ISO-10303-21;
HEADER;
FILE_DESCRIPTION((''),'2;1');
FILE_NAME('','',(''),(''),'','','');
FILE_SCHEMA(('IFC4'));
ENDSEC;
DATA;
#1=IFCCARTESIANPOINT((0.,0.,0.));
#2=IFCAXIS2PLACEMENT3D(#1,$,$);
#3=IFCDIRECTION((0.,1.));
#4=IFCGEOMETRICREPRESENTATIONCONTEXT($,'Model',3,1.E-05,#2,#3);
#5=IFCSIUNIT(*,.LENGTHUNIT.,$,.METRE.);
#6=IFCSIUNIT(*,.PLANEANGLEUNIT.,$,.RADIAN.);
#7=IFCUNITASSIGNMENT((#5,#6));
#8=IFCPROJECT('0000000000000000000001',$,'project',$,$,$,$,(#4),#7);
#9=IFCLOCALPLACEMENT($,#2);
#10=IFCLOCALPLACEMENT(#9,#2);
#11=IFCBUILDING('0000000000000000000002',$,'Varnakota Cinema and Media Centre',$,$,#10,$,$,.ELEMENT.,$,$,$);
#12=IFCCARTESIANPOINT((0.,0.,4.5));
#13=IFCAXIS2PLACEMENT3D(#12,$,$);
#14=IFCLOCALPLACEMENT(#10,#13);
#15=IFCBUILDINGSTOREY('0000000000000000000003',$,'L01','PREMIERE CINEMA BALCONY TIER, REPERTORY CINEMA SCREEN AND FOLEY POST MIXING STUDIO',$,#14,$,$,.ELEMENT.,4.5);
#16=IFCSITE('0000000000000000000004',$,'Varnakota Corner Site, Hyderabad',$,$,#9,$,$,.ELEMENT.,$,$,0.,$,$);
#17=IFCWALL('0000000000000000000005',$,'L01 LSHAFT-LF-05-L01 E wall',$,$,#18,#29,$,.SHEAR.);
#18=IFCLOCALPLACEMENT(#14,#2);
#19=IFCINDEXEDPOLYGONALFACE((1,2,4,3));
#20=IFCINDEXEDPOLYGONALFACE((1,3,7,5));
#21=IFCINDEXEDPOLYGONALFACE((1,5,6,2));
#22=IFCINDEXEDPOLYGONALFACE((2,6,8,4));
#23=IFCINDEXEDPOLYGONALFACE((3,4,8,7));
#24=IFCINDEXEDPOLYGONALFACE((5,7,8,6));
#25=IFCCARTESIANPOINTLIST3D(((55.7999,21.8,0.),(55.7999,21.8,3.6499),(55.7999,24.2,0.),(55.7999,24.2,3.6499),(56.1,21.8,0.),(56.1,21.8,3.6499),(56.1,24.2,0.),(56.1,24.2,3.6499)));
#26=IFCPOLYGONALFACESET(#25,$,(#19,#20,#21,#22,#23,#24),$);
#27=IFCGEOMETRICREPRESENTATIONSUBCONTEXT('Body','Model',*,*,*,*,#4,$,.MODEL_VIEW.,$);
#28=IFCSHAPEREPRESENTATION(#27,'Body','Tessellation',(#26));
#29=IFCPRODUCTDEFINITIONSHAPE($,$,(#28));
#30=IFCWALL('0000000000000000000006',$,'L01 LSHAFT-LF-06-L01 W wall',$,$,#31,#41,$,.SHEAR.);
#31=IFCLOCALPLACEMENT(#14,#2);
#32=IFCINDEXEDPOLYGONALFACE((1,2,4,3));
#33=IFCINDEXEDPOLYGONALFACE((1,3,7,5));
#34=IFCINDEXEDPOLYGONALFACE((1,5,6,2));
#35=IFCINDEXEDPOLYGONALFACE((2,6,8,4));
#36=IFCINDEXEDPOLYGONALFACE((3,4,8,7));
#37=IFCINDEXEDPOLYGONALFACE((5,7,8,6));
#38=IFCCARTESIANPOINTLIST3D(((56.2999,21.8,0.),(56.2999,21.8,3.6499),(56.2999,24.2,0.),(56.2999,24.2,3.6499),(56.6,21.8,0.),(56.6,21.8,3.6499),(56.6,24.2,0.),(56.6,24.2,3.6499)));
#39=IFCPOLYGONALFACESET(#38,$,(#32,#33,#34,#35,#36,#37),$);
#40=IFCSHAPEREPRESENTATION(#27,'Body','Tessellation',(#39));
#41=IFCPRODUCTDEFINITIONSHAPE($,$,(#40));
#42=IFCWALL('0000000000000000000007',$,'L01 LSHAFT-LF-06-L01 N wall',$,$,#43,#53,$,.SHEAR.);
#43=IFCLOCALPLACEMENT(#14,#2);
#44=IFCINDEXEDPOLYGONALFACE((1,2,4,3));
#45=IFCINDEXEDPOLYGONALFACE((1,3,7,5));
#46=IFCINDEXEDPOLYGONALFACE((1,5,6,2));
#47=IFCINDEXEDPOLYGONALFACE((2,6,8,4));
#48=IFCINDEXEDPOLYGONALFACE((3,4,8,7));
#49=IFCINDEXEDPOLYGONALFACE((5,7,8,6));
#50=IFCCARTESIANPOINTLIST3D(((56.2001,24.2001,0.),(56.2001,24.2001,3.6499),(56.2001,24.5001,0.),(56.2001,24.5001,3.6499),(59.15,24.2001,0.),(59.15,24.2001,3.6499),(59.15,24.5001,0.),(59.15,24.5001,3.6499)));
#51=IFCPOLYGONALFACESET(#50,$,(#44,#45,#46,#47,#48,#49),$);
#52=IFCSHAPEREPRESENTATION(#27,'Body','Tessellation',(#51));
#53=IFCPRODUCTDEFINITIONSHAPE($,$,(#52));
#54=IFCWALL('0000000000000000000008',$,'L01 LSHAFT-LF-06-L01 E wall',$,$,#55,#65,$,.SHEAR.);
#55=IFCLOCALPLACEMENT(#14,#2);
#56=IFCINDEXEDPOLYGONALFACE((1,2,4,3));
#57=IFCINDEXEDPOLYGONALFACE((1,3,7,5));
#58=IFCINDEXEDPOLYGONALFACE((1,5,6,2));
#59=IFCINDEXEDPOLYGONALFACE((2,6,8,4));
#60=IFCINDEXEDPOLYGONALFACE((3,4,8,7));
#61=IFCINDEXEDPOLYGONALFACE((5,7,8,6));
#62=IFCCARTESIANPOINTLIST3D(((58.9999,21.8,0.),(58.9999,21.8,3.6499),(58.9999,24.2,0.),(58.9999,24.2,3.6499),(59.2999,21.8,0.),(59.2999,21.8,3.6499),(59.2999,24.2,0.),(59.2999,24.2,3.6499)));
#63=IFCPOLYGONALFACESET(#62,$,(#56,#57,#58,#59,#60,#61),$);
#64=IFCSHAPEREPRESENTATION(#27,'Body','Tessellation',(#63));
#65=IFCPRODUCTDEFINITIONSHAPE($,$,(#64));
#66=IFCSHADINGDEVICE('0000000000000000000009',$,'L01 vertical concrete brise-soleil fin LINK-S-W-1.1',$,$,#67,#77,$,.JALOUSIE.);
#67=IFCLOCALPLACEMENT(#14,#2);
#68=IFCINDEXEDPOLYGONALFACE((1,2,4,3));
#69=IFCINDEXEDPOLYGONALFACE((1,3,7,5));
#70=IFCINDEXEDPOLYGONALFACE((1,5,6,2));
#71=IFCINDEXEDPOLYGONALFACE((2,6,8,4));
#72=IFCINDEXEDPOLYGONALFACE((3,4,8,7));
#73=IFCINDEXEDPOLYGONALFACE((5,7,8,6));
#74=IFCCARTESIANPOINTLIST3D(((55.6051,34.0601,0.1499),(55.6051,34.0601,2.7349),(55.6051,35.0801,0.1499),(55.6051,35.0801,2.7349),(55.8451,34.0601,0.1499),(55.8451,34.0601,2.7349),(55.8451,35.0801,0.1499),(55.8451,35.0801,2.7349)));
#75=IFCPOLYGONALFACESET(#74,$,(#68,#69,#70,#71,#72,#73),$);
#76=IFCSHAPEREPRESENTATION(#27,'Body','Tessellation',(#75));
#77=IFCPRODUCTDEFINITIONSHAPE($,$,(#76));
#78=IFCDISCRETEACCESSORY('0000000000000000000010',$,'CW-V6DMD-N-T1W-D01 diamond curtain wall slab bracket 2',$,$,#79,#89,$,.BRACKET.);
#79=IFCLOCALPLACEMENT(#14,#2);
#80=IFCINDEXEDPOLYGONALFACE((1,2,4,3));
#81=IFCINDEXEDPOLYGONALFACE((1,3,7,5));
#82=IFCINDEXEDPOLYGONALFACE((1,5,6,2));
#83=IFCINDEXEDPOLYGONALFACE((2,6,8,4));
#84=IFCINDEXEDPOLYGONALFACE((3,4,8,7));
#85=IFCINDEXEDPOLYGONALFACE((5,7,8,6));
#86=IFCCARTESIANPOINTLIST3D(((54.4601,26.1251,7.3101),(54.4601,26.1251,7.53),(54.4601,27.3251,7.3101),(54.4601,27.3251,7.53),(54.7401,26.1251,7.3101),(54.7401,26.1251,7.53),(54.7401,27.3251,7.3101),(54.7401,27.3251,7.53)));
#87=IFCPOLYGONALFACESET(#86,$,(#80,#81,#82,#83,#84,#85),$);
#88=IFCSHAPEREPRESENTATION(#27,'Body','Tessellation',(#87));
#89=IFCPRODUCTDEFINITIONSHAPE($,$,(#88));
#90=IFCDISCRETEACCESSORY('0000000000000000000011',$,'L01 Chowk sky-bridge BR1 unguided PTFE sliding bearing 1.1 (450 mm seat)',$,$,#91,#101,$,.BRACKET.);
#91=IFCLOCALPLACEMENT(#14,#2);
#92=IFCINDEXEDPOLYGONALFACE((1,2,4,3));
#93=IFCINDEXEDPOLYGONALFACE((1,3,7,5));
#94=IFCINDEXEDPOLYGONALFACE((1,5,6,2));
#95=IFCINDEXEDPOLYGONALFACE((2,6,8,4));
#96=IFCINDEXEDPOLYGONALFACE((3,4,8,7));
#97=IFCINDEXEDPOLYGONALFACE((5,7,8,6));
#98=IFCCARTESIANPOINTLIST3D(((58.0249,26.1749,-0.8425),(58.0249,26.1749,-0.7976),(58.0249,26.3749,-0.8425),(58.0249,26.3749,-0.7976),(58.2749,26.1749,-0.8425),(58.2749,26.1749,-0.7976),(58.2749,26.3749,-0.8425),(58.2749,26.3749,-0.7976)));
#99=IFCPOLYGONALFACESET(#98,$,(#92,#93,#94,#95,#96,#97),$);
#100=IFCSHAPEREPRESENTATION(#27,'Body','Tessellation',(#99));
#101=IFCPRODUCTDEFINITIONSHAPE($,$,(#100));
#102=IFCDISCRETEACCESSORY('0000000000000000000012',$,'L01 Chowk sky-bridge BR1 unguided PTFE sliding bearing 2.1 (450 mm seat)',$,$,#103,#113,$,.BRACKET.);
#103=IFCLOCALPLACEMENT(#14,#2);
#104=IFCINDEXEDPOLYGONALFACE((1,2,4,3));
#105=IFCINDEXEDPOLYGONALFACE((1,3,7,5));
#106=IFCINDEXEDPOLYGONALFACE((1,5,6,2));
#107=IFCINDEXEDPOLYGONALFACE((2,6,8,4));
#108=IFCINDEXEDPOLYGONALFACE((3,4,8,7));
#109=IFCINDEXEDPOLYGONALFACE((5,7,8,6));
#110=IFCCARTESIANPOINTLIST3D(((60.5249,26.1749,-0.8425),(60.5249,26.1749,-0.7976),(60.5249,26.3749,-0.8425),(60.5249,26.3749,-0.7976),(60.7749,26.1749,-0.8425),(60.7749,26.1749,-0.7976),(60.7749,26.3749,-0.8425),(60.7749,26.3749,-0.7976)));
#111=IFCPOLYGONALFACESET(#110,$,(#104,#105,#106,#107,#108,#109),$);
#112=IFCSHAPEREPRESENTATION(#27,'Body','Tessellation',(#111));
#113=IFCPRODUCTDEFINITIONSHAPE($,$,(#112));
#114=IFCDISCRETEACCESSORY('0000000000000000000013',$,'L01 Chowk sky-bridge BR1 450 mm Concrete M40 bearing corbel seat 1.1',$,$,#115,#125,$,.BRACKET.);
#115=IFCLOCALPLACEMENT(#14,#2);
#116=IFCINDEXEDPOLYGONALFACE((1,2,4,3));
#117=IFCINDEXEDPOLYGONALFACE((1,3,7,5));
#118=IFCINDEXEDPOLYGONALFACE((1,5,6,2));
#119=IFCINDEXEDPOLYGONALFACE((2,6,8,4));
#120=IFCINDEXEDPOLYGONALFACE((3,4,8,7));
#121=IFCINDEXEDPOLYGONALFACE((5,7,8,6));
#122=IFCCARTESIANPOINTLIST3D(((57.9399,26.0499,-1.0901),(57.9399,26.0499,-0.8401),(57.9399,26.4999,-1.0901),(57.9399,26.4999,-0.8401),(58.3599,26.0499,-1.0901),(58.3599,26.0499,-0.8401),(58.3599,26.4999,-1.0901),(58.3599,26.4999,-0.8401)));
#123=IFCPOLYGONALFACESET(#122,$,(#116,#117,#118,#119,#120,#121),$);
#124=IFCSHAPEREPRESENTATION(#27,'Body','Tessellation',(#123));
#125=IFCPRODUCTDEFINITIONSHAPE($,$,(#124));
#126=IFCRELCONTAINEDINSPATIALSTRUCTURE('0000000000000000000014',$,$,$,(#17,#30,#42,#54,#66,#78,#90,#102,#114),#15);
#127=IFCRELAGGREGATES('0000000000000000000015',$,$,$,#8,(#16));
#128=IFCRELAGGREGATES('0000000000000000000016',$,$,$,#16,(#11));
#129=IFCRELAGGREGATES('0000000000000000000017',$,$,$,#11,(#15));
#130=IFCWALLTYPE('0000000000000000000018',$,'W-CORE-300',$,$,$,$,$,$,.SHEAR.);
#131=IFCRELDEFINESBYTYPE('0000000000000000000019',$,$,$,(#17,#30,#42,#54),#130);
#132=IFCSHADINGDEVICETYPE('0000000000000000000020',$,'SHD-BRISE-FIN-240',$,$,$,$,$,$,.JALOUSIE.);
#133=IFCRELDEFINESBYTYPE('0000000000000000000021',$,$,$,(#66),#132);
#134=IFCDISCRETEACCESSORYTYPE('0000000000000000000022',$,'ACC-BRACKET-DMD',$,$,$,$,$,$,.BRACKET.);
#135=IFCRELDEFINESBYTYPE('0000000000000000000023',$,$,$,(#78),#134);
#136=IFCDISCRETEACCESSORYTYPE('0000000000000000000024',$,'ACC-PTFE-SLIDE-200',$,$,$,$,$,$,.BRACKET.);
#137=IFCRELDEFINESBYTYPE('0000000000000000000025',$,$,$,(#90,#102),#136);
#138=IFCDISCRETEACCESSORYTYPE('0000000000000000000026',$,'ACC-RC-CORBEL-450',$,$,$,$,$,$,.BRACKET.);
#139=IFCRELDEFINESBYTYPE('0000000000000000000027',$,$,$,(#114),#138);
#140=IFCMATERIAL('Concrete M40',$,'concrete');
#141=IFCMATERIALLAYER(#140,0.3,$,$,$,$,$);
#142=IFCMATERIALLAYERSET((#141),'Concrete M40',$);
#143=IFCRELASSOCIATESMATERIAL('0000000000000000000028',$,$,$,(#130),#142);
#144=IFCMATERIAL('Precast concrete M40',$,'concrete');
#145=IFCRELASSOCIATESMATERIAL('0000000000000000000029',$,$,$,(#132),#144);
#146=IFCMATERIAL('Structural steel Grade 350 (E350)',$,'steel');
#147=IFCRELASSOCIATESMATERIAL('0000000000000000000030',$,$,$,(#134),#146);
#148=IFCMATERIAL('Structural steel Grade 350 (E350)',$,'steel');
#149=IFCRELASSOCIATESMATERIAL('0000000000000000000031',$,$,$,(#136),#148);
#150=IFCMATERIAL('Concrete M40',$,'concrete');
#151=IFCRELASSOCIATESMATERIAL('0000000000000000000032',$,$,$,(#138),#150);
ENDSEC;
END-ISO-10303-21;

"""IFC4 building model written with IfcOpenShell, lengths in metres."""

from ifc_helpers import new_model, si_unit, direction, frame, frame_2d, origin, origin_2d, place, context, subcontext, project, spatial, rectangle, extrude, material, layer, layer_set, type_object, element, save


model = new_model("IFC4")

# Units and contexts
model_context = context("Model", 3, precision=1e-05, world=origin(), true_north=direction((0.0, 1.0)))
body_context = subcontext(model_context, "Body", "Model", "MODEL_VIEW")
ifc_project = project(units=[si_unit("LENGTHUNIT", "METRE"), si_unit("PLANEANGLEUNIT", "RADIAN")], contexts=[model_context])

# Site, building, storey
site_placement = place(None, origin())
site = spatial("IfcSite", under=ifc_project, at=site_placement, Name="Varnakota Corner Site, Hyderabad", CompositionType="ELEMENT", RefElevation=0.0)
building_placement = place(site_placement, origin())
building = spatial("IfcBuilding", under=site, at=building_placement, Name="Varnakota Cinema and Media Centre", CompositionType="ELEMENT")
storey_placement = place(building_placement, frame((0.0, 0.0, 4.5)))
storey = spatial("IfcBuildingStorey", under=building, at=storey_placement, Name="L01", Description="PREMIERE CINEMA BALCONY TIER, REPERTORY CINEMA SCREEN AND FOLEY POST MIXING STUDIO", CompositionType="ELEMENT", Elevation=4.5)

# Shared definitions
ifc_material_1 = material(Name="Concrete M40", Category="concrete")
ifc_layer_1 = layer(ifc_material_1, 0.3)
ifc_layer_set_1 = layer_set([ifc_layer_1], Name="Concrete M40")
wall_type = type_object("IfcWallType", Name="W-CORE-300", PredefinedType="SHEAR", material=ifc_layer_set_1)

# Wall
wall_1_placement = place(storey_placement, frame((55.95, 24.2, 0.0), z_axis=(0.0, 0.0, 1.0), x_axis=(0.0, -1.0, 0.0)))
element("IfcWall", 1, at=wall_1_placement, inside=storey, type_object=wall_type, Name="L01 LSHAFT-LF-05-L01 E wall", PredefinedType="SHEAR", context=body_context, shape_type="SweptSolid", body=[
    extrude(rectangle(XDim=2.3999, YDim=0.3, at=frame_2d((1.2, 0.0))), origin(), (0.0, 0.0, 1.0), 3.6499),
])

# Walls
wall_2_placement = place(storey_placement, frame((56.45, 21.8, 0.0), z_axis=(0.0, 0.0, 1.0), x_axis=(0.0, 1.0, 0.0)))
element("IfcWall", 2, at=wall_2_placement, inside=storey, type_object=wall_type, Name="L01 LSHAFT-LF-06-L01 W wall", PredefinedType="SHEAR", context=body_context, shape_type="SweptSolid", body=[
    extrude(rectangle(XDim=2.3999, YDim=0.3, at=frame_2d((1.2, 0.0))), origin(), (0.0, 0.0, 1.0), 3.6499),
])
wall_3_placement = place(storey_placement, frame((56.2, 24.3501, 0.0), z_axis=(0.0, 0.0, 1.0), x_axis=(1.0, 0.0, 0.0)))
element("IfcWall", 3, at=wall_3_placement, inside=storey, type_object=wall_type, Name="L01 LSHAFT-LF-06-L01 N wall", PredefinedType="SHEAR", context=body_context, shape_type="SweptSolid", body=[
    extrude(rectangle(XDim=2.95, YDim=0.3, at=frame_2d((1.4751, 0.0))), origin(), (0.0, 0.0, 1.0), 3.6499),
])
wall_4_placement = place(storey_placement, frame((59.1499, 24.2, 0.0), z_axis=(0.0, 0.0, 1.0), x_axis=(0.0, -1.0, 0.0)))
element("IfcWall", 4, at=wall_4_placement, inside=storey, type_object=wall_type, Name="L01 LSHAFT-LF-06-L01 E wall", PredefinedType="SHEAR", context=body_context, shape_type="SweptSolid", body=[
    extrude(rectangle(XDim=2.3999, YDim=0.3, at=frame_2d((1.2, 0.0))), origin(), (0.0, 0.0, 1.0), 3.6499),
])

# Shading device
ifc_material_2 = material(Name="Precast concrete M40", Category="concrete")
shading_device_type = type_object("IfcShadingDeviceType", Name="SHD-BRISE-FIN-240", PredefinedType="JALOUSIE", material=ifc_material_2)
shading_device_placement = place(storey_placement, frame((55.7251, 34.5701, 0.1499), z_axis=(0.0, 0.0, 1.0), x_axis=(-1.0, 0.0, 0.0)))
element("IfcShadingDevice", 5, at=shading_device_placement, inside=storey, type_object=shading_device_type, Name="L01 vertical concrete brise-soleil fin LINK-S-W-1.1", PredefinedType="JALOUSIE", context=body_context, shape_type="SweptSolid", body=[
    extrude(rectangle(XDim=0.24, YDim=1.02, at=origin_2d()), origin(), (0.0, 0.0, 1.0), 2.585),
])

# Discrete accessories
ifc_material_3 = material(Name="Structural steel Grade 350 (E350)", Category="steel")
discrete_accessory_type_1 = type_object("IfcDiscreteAccessoryType", Name="ACC-BRACKET-DMD", PredefinedType="BRACKET", material=ifc_material_3)
discrete_accessory_1_placement = place(storey_placement, frame((54.6001, 26.7251, 7.3101), z_axis=(0.0, 0.0, 1.0), x_axis=(1.0, 0.0, 0.0)))
element("IfcDiscreteAccessory", 6, at=discrete_accessory_1_placement, inside=storey, type_object=discrete_accessory_type_1, Name="CW-V6DMD-N-T1W-D01 diamond curtain wall slab bracket 2", PredefinedType="BRACKET", context=body_context, shape_type="SweptSolid", body=[
    extrude(rectangle(XDim=0.28, YDim=1.2, at=origin_2d()), origin(), (0.0, 0.0, 1.0), 0.22),
])
ifc_material_4 = material(Name="Structural steel Grade 350 (E350)", Category="steel")
discrete_accessory_type_2 = type_object("IfcDiscreteAccessoryType", Name="ACC-PTFE-SLIDE-200", PredefinedType="BRACKET", material=ifc_material_4)
for number, where, z_axis, x_axis, name in (
    (7, (58.1499, 26.2749, -0.8425), (0.0, 0.0, 1.0), (1.0, 0.0, 0.0), "L01 Chowk sky-bridge BR1 unguided PTFE sliding bearing 1.1 (450 mm seat)"),
    (8, (60.6499, 26.2749, -0.8425), (0.0, 0.0, 1.0), (1.0, 0.0, 0.0), "L01 Chowk sky-bridge BR1 unguided PTFE sliding bearing 2.1 (450 mm seat)"),
):
    element("IfcDiscreteAccessory", number, at=place(storey_placement, frame(where, z_axis=z_axis, x_axis=x_axis)), inside=storey, type_object=discrete_accessory_type_2, Name=name, PredefinedType="BRACKET", context=body_context, shape_type="SweptSolid", body=[
        extrude(rectangle(XDim=0.25, YDim=0.2, at=origin_2d()), origin(), (0.0, 0.0, 1.0), 0.0449),
    ])
ifc_material_5 = material(Name="Concrete M40", Category="concrete")
discrete_accessory_type_3 = type_object("IfcDiscreteAccessoryType", Name="ACC-RC-CORBEL-450", PredefinedType="BRACKET", material=ifc_material_5)
discrete_accessory_2_placement = place(storey_placement, frame((58.1499, 26.2749, -1.0901), z_axis=(0.0, 0.0, 1.0), x_axis=(1.0, 0.0, 0.0)))
element("IfcDiscreteAccessory", 9, at=discrete_accessory_2_placement, inside=storey, type_object=discrete_accessory_type_3, Name="L01 Chowk sky-bridge BR1 450 mm Concrete M40 bearing corbel seat 1.1", PredefinedType="BRACKET", context=body_context, shape_type="SweptSolid", body=[
    extrude(rectangle(XDim=0.4199, YDim=0.45, at=origin_2d()), origin(), (0.0, 0.0, 1.0), 0.25),
])

save(model, "model.ifc")
